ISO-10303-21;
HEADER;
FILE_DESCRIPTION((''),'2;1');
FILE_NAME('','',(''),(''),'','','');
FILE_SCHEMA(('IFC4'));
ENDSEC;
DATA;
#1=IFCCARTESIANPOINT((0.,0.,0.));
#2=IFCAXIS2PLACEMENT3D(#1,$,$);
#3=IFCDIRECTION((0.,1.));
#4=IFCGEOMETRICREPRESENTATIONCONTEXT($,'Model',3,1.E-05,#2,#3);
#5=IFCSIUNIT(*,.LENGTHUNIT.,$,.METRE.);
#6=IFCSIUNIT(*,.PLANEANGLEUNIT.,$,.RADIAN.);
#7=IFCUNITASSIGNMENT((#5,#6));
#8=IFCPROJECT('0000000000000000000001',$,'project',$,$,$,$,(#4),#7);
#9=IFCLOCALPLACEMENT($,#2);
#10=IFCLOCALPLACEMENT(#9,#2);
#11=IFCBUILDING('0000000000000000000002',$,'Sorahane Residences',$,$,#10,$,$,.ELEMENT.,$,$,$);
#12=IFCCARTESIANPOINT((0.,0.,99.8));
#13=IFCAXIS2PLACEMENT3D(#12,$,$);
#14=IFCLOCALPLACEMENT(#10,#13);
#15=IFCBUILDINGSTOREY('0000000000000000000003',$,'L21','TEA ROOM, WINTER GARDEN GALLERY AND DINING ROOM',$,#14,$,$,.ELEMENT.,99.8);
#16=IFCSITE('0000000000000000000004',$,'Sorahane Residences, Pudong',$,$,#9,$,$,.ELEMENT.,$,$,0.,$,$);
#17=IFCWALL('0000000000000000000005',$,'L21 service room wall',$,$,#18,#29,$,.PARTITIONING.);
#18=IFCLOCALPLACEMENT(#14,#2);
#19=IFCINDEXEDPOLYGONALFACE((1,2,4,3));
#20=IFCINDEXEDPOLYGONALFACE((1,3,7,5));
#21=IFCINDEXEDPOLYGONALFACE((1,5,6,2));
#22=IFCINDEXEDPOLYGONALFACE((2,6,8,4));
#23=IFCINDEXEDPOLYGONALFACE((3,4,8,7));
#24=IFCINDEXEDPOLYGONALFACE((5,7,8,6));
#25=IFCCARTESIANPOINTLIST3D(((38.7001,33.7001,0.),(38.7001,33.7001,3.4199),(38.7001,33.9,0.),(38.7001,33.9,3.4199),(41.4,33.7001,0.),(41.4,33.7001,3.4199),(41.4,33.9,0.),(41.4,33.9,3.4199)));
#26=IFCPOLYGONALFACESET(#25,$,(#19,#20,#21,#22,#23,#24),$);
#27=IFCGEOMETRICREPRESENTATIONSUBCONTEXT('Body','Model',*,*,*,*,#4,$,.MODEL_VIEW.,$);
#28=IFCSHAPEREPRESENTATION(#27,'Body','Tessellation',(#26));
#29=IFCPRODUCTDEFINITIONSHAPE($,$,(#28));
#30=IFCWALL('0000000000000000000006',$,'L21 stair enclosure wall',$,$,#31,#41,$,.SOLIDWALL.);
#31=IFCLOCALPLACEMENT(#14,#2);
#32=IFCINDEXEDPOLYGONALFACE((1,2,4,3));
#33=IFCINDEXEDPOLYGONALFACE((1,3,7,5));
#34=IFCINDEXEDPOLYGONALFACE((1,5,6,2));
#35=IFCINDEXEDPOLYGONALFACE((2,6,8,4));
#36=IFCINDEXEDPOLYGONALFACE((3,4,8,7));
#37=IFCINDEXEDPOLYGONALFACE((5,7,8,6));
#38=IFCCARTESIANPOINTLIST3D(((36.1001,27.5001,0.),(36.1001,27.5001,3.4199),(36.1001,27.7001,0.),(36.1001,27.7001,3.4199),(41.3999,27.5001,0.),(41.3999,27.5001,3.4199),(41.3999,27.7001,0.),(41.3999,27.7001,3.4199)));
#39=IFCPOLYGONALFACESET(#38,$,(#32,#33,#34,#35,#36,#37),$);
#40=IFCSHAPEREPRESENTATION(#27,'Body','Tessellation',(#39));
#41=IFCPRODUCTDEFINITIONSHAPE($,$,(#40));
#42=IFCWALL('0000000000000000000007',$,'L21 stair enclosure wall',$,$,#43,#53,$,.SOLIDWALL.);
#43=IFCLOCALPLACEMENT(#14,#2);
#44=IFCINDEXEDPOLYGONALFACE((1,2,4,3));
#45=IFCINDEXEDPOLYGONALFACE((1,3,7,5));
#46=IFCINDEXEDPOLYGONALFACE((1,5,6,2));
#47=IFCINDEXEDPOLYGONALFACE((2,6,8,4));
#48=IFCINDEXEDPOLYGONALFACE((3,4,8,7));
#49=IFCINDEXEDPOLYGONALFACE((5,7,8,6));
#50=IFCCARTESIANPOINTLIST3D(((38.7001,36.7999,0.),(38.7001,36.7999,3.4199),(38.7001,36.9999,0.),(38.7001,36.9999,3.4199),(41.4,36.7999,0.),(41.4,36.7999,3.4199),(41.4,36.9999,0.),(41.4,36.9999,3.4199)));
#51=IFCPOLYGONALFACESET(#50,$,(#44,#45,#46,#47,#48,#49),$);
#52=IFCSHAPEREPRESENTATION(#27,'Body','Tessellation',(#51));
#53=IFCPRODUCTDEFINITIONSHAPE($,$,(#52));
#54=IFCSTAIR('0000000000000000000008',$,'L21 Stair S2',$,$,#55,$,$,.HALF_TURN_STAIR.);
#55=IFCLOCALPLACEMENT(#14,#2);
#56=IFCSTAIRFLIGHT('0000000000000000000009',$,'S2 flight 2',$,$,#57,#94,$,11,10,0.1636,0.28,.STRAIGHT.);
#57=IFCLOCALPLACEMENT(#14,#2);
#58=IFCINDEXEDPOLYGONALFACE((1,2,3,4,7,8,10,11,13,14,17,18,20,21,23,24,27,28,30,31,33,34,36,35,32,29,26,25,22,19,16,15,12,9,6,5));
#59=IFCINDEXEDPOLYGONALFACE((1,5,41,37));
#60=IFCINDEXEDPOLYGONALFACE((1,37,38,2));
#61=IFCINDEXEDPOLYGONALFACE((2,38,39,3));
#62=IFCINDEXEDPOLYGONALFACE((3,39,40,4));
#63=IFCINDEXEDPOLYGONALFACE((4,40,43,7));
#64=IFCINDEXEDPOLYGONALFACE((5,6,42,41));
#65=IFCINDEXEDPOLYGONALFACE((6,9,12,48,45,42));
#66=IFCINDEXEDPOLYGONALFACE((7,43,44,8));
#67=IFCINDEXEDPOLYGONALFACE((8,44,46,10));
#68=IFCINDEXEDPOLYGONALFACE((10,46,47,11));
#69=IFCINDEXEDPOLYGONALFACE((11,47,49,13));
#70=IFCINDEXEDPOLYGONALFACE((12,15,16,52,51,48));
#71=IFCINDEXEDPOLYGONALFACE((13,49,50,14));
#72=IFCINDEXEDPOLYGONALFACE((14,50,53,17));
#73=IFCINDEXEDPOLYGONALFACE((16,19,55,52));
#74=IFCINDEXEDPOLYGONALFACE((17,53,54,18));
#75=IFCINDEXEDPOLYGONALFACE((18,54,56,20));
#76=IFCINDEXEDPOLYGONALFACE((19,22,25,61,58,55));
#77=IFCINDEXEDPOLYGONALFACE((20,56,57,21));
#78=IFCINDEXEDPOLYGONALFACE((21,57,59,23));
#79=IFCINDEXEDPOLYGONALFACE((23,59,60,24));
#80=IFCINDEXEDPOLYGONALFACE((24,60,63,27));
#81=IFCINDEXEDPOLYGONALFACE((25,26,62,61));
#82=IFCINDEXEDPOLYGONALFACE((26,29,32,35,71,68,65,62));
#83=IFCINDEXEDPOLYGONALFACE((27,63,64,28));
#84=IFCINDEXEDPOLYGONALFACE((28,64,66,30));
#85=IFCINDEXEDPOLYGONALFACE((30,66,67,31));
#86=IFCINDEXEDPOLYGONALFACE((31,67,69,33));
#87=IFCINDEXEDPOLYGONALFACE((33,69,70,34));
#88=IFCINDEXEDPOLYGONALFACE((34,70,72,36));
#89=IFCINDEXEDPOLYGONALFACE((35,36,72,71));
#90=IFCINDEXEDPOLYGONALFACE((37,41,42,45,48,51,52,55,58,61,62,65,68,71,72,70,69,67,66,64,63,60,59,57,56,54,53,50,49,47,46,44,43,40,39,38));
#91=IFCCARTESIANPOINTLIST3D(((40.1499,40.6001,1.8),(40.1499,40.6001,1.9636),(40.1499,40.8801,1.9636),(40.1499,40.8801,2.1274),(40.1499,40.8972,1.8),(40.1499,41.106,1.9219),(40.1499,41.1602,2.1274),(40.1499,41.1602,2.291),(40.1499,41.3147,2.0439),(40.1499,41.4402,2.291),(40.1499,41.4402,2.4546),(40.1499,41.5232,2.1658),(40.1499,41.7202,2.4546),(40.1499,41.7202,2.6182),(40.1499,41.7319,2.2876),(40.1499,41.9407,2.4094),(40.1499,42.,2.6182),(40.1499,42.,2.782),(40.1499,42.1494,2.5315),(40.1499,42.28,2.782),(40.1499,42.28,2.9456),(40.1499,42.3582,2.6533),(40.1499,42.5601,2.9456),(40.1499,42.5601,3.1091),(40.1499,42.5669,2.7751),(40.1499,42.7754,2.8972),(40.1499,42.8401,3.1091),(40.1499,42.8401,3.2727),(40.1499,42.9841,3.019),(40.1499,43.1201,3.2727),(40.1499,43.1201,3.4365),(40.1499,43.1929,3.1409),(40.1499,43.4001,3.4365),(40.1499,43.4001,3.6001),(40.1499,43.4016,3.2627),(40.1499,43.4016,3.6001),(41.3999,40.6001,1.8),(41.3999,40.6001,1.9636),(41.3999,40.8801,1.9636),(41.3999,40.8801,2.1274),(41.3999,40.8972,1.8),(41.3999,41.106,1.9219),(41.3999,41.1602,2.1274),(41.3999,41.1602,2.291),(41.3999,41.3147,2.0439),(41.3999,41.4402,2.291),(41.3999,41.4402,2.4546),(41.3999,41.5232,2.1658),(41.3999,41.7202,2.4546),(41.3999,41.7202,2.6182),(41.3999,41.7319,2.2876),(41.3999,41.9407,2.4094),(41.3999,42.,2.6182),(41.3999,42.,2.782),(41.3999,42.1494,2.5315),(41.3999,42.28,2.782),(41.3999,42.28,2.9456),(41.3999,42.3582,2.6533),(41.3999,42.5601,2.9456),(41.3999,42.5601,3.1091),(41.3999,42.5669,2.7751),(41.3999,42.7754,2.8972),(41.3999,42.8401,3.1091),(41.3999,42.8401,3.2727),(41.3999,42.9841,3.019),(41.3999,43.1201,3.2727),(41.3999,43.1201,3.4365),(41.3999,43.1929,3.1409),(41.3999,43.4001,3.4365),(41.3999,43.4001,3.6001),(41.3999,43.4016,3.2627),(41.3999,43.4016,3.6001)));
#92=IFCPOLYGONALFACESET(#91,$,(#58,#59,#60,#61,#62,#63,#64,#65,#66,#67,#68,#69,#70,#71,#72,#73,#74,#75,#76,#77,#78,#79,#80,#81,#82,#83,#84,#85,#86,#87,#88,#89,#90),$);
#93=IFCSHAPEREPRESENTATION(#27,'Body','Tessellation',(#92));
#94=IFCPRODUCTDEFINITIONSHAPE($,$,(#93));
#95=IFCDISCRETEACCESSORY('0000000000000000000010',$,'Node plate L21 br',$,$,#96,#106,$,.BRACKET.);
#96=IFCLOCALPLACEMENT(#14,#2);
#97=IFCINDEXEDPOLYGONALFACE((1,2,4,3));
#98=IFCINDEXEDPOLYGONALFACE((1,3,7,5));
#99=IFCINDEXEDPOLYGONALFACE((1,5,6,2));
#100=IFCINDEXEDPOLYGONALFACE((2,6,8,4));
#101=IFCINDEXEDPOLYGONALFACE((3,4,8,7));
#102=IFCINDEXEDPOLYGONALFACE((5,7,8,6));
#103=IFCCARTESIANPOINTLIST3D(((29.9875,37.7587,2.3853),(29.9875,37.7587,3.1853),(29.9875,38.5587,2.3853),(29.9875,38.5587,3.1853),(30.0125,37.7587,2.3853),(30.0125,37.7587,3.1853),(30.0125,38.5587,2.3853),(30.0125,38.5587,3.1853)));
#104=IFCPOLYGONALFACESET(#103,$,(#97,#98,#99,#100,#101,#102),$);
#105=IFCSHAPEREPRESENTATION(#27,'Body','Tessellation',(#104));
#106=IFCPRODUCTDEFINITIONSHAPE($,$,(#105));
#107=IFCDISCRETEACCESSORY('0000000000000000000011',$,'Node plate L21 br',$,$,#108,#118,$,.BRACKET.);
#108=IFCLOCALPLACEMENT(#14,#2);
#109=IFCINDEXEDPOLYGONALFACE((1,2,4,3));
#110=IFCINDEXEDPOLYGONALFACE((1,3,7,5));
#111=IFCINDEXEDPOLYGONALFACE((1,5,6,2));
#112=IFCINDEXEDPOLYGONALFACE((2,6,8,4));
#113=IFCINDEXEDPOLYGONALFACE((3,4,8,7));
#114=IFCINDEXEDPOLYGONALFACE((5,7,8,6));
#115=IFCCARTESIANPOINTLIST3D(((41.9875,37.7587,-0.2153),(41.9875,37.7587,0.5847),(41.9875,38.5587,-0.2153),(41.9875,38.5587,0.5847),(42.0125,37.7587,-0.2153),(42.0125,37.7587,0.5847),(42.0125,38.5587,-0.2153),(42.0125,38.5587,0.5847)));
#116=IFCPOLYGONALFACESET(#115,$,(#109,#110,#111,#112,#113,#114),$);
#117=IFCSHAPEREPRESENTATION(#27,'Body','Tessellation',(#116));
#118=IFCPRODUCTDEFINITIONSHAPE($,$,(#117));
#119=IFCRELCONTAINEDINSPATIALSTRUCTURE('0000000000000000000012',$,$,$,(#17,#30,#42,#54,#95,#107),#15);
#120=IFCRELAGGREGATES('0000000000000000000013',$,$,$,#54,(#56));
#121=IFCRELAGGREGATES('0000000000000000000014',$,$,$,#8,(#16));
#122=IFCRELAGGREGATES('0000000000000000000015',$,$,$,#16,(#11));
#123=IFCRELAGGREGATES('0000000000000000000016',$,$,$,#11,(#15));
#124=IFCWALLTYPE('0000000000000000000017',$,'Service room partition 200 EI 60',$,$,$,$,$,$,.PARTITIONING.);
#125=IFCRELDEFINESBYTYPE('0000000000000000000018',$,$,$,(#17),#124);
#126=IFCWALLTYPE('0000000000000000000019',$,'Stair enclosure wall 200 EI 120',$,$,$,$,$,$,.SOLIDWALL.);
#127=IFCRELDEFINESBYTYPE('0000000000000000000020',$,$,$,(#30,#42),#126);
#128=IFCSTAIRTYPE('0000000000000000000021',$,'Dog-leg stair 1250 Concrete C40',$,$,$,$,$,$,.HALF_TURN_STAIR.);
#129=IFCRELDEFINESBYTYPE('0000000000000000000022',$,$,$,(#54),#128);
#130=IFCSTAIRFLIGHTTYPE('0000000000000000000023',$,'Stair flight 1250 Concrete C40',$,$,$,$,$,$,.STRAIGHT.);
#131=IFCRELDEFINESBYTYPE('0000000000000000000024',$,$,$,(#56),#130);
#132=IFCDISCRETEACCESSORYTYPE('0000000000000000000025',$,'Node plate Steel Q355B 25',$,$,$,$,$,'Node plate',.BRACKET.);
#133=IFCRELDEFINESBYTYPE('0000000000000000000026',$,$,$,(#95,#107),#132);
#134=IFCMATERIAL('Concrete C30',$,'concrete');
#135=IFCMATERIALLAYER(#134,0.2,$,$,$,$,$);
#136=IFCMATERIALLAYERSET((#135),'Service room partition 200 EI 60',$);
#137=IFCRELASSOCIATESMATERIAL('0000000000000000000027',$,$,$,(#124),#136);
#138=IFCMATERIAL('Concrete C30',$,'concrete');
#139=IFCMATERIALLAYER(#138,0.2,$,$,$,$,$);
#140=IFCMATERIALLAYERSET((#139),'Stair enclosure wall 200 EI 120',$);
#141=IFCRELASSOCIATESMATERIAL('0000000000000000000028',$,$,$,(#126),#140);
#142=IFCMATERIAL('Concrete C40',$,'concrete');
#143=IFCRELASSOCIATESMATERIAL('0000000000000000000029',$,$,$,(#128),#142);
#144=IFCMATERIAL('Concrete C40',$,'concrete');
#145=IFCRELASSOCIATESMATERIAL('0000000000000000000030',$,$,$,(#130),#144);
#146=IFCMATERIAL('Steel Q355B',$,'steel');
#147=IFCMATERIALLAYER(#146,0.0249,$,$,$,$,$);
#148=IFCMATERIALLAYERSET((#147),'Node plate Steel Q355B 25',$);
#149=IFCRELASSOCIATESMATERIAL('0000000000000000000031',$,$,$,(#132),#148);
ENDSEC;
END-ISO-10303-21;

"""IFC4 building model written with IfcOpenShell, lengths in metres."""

from ifc_helpers import new_model, si_unit, direction, frame, frame_2d, origin, origin_2d, place, context, subcontext, project, spatial, polyline, rectangle, outline, extrude, material, layer, layer_set, type_object, element, aggregate, save


model = new_model("IFC4")

# Units and contexts
model_context = context("Model", 3, precision=1e-05, world=origin(), true_north=direction((0.0, 1.0)))
body_context = subcontext(model_context, "Body", "Model", "MODEL_VIEW")
ifc_project = project(units=[si_unit("LENGTHUNIT", "METRE"), si_unit("PLANEANGLEUNIT", "RADIAN")], contexts=[model_context])

# Site, building, storey
site_placement = place(None, origin())
site = spatial("IfcSite", under=ifc_project, at=site_placement, Name="Sorahane Residences, Pudong", CompositionType="ELEMENT", RefElevation=0.0)
building_placement = place(site_placement, origin())
building = spatial("IfcBuilding", under=site, at=building_placement, Name="Sorahane Residences", CompositionType="ELEMENT")
storey_placement = place(building_placement, frame((0.0, 0.0, 99.8)))
storey = spatial("IfcBuildingStorey", under=building, at=storey_placement, Name="L21", Description="TEA ROOM, WINTER GARDEN GALLERY AND DINING ROOM", CompositionType="ELEMENT", Elevation=99.8)

# Walls
ifc_material_1 = material(Name="Concrete C30", Category="concrete")
ifc_layer_1 = layer(ifc_material_1, 0.2)
ifc_layer_set_1 = layer_set([ifc_layer_1], Name="Service room partition 200 EI 60")
wall_type_1 = type_object("IfcWallType", Name="Service room partition 200 EI 60", PredefinedType="PARTITIONING", material=ifc_layer_set_1)
for number, where, z_axis, x_axis, name in (
    (1, (38.7, 33.8, 0.0), (0.0, 0.0, 1.0), (1.0, 0.0, 0.0), "L21 service room wall"),
):
    element("IfcWall", number, at=place(storey_placement, frame(where, z_axis=z_axis, x_axis=x_axis)), inside=storey, type_object=wall_type_1, Name=name, PredefinedType="PARTITIONING", context=body_context, shape_type="SweptSolid", body=[
        extrude(rectangle(XDim=2.7, YDim=0.2, at=frame_2d((1.3501, 0.0))), origin(), (0.0, 0.0, 1.0), 3.4199),
    ])
ifc_material_2 = material(Name="Concrete C30", Category="concrete")
ifc_layer_2 = layer(ifc_material_2, 0.2)
ifc_layer_set_2 = layer_set([ifc_layer_2], Name="Stair enclosure wall 200 EI 120")
wall_type_2 = type_object("IfcWallType", Name="Stair enclosure wall 200 EI 120", PredefinedType="SOLIDWALL", material=ifc_layer_set_2)
wall_1_placement = place(storey_placement, frame((36.1001, 27.6001, 0.0), z_axis=(0.0, 0.0, 1.0), x_axis=(1.0, 0.0, 0.0)))
element("IfcWall", 2, at=wall_1_placement, inside=storey, type_object=wall_type_2, Name="L21 stair enclosure wall", PredefinedType="SOLIDWALL", context=body_context, shape_type="SweptSolid", body=[
    extrude(rectangle(XDim=5.2998, YDim=0.2, at=frame_2d((2.6499, 0.0))), origin(), (0.0, 0.0, 1.0), 3.4199),
])
wall_2_placement = place(storey_placement, frame((38.7, 36.8999, 0.0), z_axis=(0.0, 0.0, 1.0), x_axis=(1.0, 0.0, 0.0)))
element("IfcWall", 3, at=wall_2_placement, inside=storey, type_object=wall_type_2, Name="L21 stair enclosure wall", PredefinedType="SOLIDWALL", context=body_context, shape_type="SweptSolid", body=[
    extrude(rectangle(XDim=2.7, YDim=0.2, at=frame_2d((1.3501, 0.0))), origin(), (0.0, 0.0, 1.0), 3.4199),
])

# Stair, stair flight
ifc_material_3 = material(Name="Concrete C40", Category="concrete")
stair_type = type_object("IfcStairType", Name="Dog-leg stair 1250 Concrete C40", PredefinedType="HALF_TURN_STAIR", material=ifc_material_3)
stair_placement = place(storey_placement, origin())
stair = element("IfcStair", 4, at=stair_placement, inside=storey, type_object=stair_type, Name="L21 Stair S2", PredefinedType="HALF_TURN_STAIR")
ifc_material_4 = material(Name="Concrete C40", Category="concrete")
stair_flight_type = type_object("IfcStairFlightType", Name="Stair flight 1250 Concrete C40", PredefinedType="STRAIGHT", material=ifc_material_4)
stair_flight_placement = place(storey_placement, frame((40.7749, 40.6001, 1.8), z_axis=(0.0, 0.0, 1.0), x_axis=(0.0, 1.0, 0.0)))
stair_flight = element("IfcStairFlight", 5, at=stair_flight_placement, type_object=stair_flight_type, Name="S2 flight 2", NumberOfRisers=11, NumberOfTreads=10, PredefinedType="STRAIGHT", RiserHeight=0.1636, TreadLength=0.28, context=body_context, shape_type="SweptSolid", body=[
    extrude(outline(polyline([(0.0, 0.0), (0.0, 0.1636), (0.28, 0.1636), (0.28, 0.3274), (0.5601, 0.3274), (0.5601, 0.491), (0.8401, 0.491), (0.8401, 0.6545), (1.1201, 0.6545), (1.1201, 0.8181), (1.3999, 0.8181), (1.3999, 0.9819), (1.6799, 0.9819), (1.6799, 1.1455), (1.96, 1.1455), (1.96, 1.3091), (2.24, 1.3091), (2.24, 1.4727), (2.52, 1.4727), (2.52, 1.6365), (2.8, 1.6365), (2.8, 1.8), (2.8015, 1.8), (2.8015, 1.4626), (2.5928, 1.3408), (2.384, 1.219), (2.1753, 1.0972), (1.9668, 0.9751), (1.7581, 0.8533), (1.5493, 0.7314), (1.3406, 0.6094), (1.1318, 0.4875), (0.9231, 0.3657), (0.7146, 0.2439), (0.5059, 0.1218), (0.2971, 0.0), (0.0, 0.0)])), frame((0.0, 0.625, 0.0), z_axis=(0.0, -1.0, 0.0), x_axis=(1.0, 0.0, 0.0)), (0.0, 0.0, 1.0), 1.25),
])
aggregate(stair, [stair_flight])

# Discrete accessories
ifc_material_5 = material(Name="Steel Q355B", Category="steel")
ifc_layer_3 = layer(ifc_material_5, 0.0249)
ifc_layer_set_3 = layer_set([ifc_layer_3], Name="Node plate Steel Q355B 25")
discrete_accessory_type = type_object("IfcDiscreteAccessoryType", Name="Node plate Steel Q355B 25", ElementType="Node plate", PredefinedType="BRACKET", material=ifc_layer_set_3)
for number, where, z_axis, x_axis, name in (
    (6, (30.0, 38.1587, 2.3853), (0.0, 0.0, 1.0), (0.0, 1.0, 0.0), "Node plate L21 br"),
    (7, (42.0, 38.1587, -0.2153), (0.0, 0.0, 1.0), (0.0, 1.0, 0.0), "Node plate L21 br"),
):
    element("IfcDiscreteAccessory", number, at=place(storey_placement, frame(where, z_axis=z_axis, x_axis=x_axis)), inside=storey, type_object=discrete_accessory_type, Name=name, PredefinedType="BRACKET", context=body_context, shape_type="SweptSolid", body=[
        extrude(rectangle(XDim=0.8, YDim=0.0249, at=origin_2d()), origin(), (0.0, 0.0, 1.0), 0.8),
    ])

save(model, "model.ifc")
